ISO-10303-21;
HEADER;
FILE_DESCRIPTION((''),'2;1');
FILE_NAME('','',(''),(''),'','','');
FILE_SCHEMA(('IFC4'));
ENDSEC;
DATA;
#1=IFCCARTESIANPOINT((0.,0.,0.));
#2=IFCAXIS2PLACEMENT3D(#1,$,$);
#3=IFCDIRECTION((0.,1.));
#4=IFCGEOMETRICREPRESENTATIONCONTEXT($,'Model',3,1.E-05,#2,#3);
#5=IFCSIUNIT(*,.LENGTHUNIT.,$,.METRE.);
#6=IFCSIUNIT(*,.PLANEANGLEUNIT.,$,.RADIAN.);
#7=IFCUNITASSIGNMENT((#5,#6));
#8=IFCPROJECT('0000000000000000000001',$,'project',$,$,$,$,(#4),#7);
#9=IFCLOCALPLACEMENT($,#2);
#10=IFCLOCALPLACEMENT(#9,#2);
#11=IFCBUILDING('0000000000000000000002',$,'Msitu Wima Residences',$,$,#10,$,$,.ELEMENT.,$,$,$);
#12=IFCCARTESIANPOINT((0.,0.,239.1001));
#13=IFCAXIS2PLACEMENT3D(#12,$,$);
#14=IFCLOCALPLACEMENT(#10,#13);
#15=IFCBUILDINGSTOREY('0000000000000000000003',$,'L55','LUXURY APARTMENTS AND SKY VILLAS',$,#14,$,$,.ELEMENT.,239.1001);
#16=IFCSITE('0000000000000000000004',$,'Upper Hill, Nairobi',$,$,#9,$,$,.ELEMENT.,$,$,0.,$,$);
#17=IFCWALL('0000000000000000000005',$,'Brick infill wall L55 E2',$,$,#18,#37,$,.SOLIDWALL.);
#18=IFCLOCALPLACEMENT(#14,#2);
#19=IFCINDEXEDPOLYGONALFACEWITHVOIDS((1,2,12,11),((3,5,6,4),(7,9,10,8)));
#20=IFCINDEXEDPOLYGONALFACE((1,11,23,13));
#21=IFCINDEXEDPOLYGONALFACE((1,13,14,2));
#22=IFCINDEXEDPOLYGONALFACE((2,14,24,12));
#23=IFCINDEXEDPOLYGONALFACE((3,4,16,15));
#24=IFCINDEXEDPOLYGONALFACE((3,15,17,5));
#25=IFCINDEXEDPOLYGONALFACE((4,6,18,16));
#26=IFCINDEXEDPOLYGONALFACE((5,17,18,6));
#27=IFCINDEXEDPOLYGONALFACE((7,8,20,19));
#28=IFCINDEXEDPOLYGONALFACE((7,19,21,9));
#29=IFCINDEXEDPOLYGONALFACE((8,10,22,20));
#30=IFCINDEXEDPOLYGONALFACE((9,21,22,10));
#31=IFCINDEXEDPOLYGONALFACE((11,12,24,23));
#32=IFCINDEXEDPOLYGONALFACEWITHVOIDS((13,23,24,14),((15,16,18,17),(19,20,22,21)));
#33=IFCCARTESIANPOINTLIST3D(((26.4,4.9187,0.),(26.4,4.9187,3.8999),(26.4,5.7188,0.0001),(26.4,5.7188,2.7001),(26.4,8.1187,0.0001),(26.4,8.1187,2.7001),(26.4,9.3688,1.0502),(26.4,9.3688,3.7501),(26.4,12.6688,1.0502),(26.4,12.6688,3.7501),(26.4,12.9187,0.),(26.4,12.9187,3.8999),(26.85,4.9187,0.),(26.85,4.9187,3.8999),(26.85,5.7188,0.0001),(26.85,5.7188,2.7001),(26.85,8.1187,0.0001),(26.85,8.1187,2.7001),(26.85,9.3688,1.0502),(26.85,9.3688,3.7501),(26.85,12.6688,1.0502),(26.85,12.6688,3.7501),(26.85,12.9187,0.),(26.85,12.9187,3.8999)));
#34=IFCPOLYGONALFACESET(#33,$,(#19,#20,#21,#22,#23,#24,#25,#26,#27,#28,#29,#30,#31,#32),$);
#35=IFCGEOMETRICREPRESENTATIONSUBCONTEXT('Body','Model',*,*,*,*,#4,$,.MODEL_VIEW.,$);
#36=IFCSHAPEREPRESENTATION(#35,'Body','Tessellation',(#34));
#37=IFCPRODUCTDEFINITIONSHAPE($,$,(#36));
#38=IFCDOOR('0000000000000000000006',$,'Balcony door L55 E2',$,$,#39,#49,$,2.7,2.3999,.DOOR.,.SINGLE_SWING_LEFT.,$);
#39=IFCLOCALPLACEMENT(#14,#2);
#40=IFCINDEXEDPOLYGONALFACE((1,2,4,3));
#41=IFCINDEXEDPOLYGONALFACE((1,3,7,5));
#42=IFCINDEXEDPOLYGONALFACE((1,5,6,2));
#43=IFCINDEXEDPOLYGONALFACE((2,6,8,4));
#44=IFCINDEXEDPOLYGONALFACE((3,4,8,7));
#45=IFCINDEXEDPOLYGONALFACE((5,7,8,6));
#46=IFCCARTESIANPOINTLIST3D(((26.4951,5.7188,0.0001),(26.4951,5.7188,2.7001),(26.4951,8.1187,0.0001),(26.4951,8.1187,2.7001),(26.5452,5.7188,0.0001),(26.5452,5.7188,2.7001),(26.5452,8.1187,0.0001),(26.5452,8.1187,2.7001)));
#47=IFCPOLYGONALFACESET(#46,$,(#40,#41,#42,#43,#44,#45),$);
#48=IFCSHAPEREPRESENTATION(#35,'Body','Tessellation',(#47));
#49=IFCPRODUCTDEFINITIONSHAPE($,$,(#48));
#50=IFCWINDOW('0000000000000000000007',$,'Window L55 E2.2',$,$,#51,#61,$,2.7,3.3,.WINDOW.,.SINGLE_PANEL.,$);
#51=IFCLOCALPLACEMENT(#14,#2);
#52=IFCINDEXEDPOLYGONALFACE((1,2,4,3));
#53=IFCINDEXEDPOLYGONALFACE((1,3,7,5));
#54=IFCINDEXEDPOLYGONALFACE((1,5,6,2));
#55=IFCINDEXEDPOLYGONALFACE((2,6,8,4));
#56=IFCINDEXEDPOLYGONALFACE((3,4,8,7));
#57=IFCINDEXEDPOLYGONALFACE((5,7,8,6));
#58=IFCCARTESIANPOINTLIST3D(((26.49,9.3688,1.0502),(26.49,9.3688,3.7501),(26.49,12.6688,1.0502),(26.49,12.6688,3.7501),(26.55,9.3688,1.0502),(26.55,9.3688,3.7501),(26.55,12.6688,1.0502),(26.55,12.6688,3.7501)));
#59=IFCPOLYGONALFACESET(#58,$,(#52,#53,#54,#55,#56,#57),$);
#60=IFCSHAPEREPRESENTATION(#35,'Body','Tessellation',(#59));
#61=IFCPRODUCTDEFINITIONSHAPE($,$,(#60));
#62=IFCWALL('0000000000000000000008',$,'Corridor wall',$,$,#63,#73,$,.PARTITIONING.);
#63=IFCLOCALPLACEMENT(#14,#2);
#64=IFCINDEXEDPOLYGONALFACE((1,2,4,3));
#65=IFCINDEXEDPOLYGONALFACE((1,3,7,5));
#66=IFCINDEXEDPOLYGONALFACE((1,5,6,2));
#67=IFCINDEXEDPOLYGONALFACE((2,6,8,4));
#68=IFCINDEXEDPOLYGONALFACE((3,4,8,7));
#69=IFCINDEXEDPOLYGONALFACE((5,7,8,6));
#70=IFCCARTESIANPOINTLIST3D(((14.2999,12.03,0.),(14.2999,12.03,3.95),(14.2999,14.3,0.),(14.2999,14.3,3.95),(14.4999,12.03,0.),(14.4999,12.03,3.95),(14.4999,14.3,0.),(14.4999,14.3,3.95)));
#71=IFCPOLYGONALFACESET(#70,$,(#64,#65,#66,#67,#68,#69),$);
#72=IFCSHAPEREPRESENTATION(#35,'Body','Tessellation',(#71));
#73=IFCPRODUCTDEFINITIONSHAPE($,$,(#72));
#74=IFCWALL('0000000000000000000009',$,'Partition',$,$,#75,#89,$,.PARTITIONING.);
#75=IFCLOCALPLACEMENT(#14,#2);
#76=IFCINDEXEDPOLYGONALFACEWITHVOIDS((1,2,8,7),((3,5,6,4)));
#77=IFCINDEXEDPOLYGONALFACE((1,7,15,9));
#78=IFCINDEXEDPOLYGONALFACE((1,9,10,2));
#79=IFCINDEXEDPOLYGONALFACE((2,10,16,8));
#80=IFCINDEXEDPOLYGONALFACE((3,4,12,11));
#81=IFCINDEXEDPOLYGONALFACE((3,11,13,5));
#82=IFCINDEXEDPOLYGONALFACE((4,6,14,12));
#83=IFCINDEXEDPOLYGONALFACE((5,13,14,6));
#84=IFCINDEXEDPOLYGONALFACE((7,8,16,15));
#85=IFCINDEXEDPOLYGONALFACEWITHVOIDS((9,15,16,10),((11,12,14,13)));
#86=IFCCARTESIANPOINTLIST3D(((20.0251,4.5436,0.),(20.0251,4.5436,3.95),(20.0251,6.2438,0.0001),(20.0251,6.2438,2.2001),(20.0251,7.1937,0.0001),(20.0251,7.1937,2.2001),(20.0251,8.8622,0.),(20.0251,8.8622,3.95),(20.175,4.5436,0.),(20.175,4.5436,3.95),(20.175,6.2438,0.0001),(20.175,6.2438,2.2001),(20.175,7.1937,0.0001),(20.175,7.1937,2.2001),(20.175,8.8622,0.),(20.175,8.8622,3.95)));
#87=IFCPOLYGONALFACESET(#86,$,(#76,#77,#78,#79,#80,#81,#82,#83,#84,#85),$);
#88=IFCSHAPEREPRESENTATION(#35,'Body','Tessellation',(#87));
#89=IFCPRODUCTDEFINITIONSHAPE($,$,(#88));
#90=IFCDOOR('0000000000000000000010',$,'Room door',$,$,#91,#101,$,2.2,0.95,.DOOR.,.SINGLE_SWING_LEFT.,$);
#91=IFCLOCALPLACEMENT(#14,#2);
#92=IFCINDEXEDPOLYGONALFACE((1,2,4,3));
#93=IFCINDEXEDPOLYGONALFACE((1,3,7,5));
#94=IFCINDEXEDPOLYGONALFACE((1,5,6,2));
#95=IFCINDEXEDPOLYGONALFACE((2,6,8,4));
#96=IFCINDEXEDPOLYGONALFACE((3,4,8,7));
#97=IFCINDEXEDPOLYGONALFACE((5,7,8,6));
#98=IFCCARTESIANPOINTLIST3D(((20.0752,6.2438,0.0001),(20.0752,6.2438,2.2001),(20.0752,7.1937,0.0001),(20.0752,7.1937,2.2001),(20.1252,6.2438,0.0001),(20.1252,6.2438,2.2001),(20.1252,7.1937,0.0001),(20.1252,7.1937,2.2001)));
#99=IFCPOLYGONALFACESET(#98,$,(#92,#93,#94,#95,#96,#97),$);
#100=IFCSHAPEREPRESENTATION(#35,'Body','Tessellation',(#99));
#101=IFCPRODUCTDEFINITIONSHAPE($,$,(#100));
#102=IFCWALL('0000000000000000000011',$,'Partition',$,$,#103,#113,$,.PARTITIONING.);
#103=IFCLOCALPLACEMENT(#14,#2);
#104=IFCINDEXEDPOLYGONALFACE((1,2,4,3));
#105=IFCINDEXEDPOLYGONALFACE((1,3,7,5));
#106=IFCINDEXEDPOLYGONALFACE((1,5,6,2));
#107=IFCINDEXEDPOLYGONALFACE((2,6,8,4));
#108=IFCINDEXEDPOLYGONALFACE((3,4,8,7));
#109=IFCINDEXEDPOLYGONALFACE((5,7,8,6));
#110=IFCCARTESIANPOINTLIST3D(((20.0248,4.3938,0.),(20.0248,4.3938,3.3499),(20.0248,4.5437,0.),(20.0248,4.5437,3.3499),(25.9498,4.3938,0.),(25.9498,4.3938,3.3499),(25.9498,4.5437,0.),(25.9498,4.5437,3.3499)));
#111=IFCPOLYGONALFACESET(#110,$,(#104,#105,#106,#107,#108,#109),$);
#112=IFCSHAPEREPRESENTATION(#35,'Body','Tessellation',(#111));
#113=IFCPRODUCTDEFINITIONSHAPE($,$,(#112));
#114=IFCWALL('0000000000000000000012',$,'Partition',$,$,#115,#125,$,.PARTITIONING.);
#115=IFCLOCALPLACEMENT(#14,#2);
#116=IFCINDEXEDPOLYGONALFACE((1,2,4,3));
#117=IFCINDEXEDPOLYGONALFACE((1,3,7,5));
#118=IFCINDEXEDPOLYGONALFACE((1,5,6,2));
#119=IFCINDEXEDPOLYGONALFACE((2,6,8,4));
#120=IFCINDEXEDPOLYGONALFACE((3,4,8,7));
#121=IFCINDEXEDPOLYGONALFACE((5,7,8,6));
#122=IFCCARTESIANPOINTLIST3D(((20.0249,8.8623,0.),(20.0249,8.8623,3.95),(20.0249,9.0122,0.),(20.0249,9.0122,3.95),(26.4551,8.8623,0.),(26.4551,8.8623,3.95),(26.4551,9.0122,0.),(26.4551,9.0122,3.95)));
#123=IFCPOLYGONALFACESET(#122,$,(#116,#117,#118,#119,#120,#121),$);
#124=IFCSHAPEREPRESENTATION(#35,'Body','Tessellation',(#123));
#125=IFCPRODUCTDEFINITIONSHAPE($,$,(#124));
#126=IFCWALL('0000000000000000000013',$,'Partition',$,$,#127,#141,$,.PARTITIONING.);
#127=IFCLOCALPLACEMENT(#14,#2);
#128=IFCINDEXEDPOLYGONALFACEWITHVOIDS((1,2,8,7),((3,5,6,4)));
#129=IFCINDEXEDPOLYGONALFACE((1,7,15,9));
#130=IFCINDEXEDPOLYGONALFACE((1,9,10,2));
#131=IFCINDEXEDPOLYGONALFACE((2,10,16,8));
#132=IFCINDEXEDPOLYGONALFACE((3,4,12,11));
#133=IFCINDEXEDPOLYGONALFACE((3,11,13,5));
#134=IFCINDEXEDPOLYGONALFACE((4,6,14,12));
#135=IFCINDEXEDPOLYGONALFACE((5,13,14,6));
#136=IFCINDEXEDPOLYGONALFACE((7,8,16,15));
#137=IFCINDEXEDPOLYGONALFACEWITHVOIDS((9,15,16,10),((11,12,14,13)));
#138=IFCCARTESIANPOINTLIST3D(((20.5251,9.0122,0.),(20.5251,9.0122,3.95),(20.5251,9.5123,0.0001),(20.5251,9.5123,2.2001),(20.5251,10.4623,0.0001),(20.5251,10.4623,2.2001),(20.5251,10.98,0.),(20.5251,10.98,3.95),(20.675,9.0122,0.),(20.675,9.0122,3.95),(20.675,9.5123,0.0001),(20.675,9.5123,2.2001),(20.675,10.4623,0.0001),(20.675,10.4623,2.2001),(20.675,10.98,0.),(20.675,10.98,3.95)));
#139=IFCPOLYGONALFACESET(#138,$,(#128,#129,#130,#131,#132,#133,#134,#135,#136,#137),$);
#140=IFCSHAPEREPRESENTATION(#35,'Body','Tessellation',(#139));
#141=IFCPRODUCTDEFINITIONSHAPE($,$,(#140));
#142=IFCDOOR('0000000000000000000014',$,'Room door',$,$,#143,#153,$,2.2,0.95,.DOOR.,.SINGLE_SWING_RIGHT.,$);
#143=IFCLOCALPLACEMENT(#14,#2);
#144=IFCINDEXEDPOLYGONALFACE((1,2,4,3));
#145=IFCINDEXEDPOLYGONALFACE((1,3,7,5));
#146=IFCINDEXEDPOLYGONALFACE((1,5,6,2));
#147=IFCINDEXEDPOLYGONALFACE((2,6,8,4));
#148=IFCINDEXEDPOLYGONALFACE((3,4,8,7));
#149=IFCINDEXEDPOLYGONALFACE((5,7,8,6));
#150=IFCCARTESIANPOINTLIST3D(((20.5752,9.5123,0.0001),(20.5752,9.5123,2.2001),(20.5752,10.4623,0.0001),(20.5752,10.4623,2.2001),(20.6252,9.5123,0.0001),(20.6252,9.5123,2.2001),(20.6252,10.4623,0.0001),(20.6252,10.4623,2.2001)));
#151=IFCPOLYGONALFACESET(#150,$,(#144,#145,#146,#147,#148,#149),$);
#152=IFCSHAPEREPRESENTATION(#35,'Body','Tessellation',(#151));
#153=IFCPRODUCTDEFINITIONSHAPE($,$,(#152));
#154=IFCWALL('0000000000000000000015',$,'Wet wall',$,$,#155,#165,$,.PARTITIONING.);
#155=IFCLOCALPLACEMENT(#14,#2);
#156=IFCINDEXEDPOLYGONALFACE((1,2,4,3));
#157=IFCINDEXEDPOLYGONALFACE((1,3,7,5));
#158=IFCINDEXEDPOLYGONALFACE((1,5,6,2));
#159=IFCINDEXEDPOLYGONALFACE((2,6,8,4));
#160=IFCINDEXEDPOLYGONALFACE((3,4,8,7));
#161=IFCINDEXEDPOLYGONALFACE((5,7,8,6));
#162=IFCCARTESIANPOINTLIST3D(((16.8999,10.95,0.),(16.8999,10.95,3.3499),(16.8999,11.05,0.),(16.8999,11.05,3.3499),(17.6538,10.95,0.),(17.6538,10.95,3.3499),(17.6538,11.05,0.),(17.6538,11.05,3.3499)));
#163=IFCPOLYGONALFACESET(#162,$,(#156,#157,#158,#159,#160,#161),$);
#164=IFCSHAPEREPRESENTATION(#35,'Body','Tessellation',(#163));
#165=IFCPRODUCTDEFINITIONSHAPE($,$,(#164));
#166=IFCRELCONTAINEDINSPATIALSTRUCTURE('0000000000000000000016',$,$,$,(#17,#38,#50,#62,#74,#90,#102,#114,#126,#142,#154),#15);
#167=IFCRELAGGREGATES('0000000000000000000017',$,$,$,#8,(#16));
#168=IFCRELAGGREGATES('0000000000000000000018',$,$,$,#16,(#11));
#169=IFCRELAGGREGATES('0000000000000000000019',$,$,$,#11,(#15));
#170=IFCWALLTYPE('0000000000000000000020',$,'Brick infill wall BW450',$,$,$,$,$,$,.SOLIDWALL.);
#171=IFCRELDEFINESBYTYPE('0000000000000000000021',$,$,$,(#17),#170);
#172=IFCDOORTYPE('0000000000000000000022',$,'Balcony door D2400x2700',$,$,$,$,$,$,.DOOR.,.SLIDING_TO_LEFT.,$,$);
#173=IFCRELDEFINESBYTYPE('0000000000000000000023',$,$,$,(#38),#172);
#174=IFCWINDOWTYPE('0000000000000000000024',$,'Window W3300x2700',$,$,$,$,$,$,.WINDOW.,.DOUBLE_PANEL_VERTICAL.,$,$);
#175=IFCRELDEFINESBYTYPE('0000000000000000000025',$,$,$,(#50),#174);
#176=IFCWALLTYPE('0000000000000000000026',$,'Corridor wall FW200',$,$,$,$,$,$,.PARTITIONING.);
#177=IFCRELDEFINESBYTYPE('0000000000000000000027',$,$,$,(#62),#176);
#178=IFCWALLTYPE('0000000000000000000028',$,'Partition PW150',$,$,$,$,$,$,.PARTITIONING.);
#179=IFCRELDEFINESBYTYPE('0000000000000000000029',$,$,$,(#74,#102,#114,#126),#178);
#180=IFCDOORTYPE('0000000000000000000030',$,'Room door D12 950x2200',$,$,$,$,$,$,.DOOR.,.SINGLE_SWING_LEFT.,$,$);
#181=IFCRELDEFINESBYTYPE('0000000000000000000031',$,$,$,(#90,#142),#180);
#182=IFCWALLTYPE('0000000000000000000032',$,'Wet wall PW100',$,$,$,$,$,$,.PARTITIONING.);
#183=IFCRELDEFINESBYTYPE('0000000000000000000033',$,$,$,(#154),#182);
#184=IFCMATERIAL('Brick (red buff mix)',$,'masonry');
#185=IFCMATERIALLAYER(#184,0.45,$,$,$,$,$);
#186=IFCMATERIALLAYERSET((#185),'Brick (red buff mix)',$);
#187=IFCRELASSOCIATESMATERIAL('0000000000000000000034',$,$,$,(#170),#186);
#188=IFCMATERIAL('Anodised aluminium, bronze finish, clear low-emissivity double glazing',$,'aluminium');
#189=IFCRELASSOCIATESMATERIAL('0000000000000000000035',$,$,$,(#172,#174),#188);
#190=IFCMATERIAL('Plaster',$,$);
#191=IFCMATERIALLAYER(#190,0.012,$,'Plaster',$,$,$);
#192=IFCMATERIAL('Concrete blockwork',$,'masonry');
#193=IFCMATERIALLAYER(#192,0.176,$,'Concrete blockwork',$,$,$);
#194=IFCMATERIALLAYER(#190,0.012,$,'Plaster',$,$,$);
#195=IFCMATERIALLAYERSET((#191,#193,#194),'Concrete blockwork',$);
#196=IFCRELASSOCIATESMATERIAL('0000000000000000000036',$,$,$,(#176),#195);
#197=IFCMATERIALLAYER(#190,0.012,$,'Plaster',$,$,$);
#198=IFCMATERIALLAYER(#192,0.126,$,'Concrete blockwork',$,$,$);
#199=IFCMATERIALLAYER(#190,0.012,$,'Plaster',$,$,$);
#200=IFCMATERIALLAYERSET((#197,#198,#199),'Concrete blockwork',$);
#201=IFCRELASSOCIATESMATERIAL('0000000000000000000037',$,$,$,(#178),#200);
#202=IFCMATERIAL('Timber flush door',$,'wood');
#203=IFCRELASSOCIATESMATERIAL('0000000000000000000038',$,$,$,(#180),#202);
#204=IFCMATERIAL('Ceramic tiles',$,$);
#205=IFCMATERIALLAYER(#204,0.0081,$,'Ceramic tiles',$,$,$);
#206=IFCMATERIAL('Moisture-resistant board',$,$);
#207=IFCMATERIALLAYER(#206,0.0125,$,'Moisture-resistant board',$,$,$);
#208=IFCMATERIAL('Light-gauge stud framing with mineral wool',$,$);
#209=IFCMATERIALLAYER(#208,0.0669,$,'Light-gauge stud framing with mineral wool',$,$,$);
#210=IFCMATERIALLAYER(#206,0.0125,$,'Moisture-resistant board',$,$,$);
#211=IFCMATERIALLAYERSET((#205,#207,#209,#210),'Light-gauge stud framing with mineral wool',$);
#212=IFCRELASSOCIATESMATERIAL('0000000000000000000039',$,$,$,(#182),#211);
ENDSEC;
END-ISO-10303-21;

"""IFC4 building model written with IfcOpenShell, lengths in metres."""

from ifc_helpers import new_model, si_unit, direction, frame, frame_2d, origin, place, context, subcontext, project, spatial, rectangle, extrude, material, layer, layer_set, type_object, element, fill, save


model = new_model("IFC4")

# Units and contexts
model_context = context("Model", 3, precision=1e-05, world=origin(), true_north=direction((0.0, 1.0)))
body_context = subcontext(model_context, "Body", "Model", "MODEL_VIEW")
ifc_project = project(units=[si_unit("LENGTHUNIT", "METRE"), si_unit("PLANEANGLEUNIT", "RADIAN")], contexts=[model_context])

# Site, building, storey
site_placement = place(None, origin())
site = spatial("IfcSite", under=ifc_project, at=site_placement, Name="Upper Hill, Nairobi", CompositionType="ELEMENT", RefElevation=0.0)
building_placement = place(site_placement, origin())
building = spatial("IfcBuilding", under=site, at=building_placement, Name="Msitu Wima Residences", CompositionType="ELEMENT")
storey_placement = place(building_placement, frame((0.0, 0.0, 239.1001)))
storey = spatial("IfcBuildingStorey", under=building, at=storey_placement, Name="L55", Description="LUXURY APARTMENTS AND SKY VILLAS", CompositionType="ELEMENT", Elevation=239.1001)

# Wall, openings, door, window
ifc_material_1 = material(Name="Brick (red buff mix)", Category="masonry")
ifc_layer_1 = layer(ifc_material_1, 0.45)
ifc_layer_set_1 = layer_set([ifc_layer_1], Name="Brick (red buff mix)")
wall_type_1 = type_object("IfcWallType", Name="Brick infill wall BW450", PredefinedType="SOLIDWALL", material=ifc_layer_set_1)
wall_1_placement = place(storey_placement, frame((26.625, 4.9187, 0.0), z_axis=(0.0, 0.0, 1.0), x_axis=(0.0, 1.0, 0.0)))
wall_1 = element("IfcWall", 1, at=wall_1_placement, inside=storey, type_object=wall_type_1, Name="Brick infill wall L55 E2", PredefinedType="SOLIDWALL", context=body_context, shape_type="SweptSolid", body=[
    extrude(rectangle(XDim=8.0, YDim=0.45, at=frame_2d((4.0, 0.0))), origin(), (0.0, 0.0, 1.0), 3.8999),
])
opening_1_placement = place(wall_1_placement, frame((0.8, 0.0, 0.0)))
opening_1 = element("IfcOpeningElement", 2, at=opening_1_placement, cuts=wall_1, PredefinedType="OPENING", context=body_context, shape_type="SweptSolid", body=[
    extrude(rectangle(XDim=2.3999, YDim=2.7, at=frame_2d((1.2, 1.3501))), frame((0.0, 0.2349, 0.0), z_axis=(0.0, -1.0, 0.0), x_axis=(1.0, 0.0, 0.0)), (0.0, 0.0, 1.0), 0.47),
])
opening_2_placement = place(wall_1_placement, frame((4.4502, 0.0, 1.05)))
opening_2 = element("IfcOpeningElement", 3, at=opening_2_placement, cuts=wall_1, PredefinedType="OPENING", context=body_context, shape_type="SweptSolid", body=[
    extrude(rectangle(XDim=3.3, YDim=2.7, at=frame_2d((1.6499, 1.3501))), frame((0.0, 0.2349, 0.0), z_axis=(0.0, -1.0, 0.0), x_axis=(1.0, 0.0, 0.0)), (0.0, 0.0, 1.0), 0.47),
])
ifc_material_2 = material(Name="Anodised aluminium, bronze finish, clear low-emissivity double glazing", Category="aluminium")
door_type_1 = type_object("IfcDoorType", Name="Balcony door D2400x2700", OperationType="SLIDING_TO_LEFT", PredefinedType="DOOR", material=ifc_material_2)
door_1_placement = place(opening_1_placement, origin())
door_1 = element("IfcDoor", 4, at=door_1_placement, inside=storey, type_object=door_type_1, Name="Balcony door L55 E2", OperationType="SINGLE_SWING_LEFT", OverallHeight=2.7, OverallWidth=2.3999, PredefinedType="DOOR", context=body_context, shape_type="SweptSolid", body=[
    extrude(rectangle(XDim=2.3999, YDim=2.7, at=frame_2d((1.2, 1.3501))), frame((0.0, 0.1299, 0.0), z_axis=(0.0, -1.0, 0.0), x_axis=(1.0, 0.0, 0.0)), (0.0, 0.0, 1.0), 0.05),
])
fill(opening_1, door_1)
window_type = type_object("IfcWindowType", Name="Window W3300x2700", PartitioningType="DOUBLE_PANEL_VERTICAL", PredefinedType="WINDOW", material=ifc_material_2)
window_placement = place(opening_2_placement, origin())
window = element("IfcWindow", 5, at=window_placement, inside=storey, type_object=window_type, Name="Window L55 E2.2", OverallHeight=2.7, OverallWidth=3.3, PartitioningType="SINGLE_PANEL", PredefinedType="WINDOW", context=body_context, shape_type="SweptSolid", body=[
    extrude(rectangle(XDim=3.3, YDim=2.7, at=frame_2d((1.6499, 1.3501))), frame((0.0, 0.135, 0.0), z_axis=(0.0, -1.0, 0.0), x_axis=(1.0, 0.0, 0.0)), (0.0, 0.0, 1.0), 0.0601),
])
fill(opening_2, window)

# Wall
ifc_material_3 = material(Name="Plaster")
ifc_layer_2 = layer(ifc_material_3, 0.012, Name="Plaster")
ifc_material_4 = material(Name="Concrete blockwork", Category="masonry")
ifc_layer_3 = layer(ifc_material_4, 0.176, Name="Concrete blockwork")
ifc_layer_4 = layer(ifc_material_3, 0.012, Name="Plaster")
ifc_layer_set_2 = layer_set([ifc_layer_2, ifc_layer_3, ifc_layer_4], Name="Concrete blockwork")
wall_type_2 = type_object("IfcWallType", Name="Corridor wall FW200", PredefinedType="PARTITIONING", material=ifc_layer_set_2)
wall_2_placement = place(storey_placement, frame((14.3999, 12.03, 0.0), z_axis=(0.0, 0.0, 1.0), x_axis=(0.0, 1.0, 0.0)))
element("IfcWall", 6, at=wall_2_placement, inside=storey, type_object=wall_type_2, Name="Corridor wall", PredefinedType="PARTITIONING", context=body_context, shape_type="SweptSolid", body=[
    extrude(rectangle(XDim=2.27, YDim=0.2, at=frame_2d((1.135, 0.0))), origin(), (0.0, 0.0, 1.0), 3.95),
])

# Wall, opening, door
ifc_layer_5 = layer(ifc_material_3, 0.012, Name="Plaster")
ifc_layer_6 = layer(ifc_material_4, 0.126, Name="Concrete blockwork")
ifc_layer_7 = layer(ifc_material_3, 0.012, Name="Plaster")
ifc_layer_set_3 = layer_set([ifc_layer_5, ifc_layer_6, ifc_layer_7], Name="Concrete blockwork")
wall_type_3 = type_object("IfcWallType", Name="Partition PW150", PredefinedType="PARTITIONING", material=ifc_layer_set_3)
wall_3_placement = place(storey_placement, frame((20.1001, 4.5437, 0.0), z_axis=(0.0, 0.0, 1.0), x_axis=(0.0, 1.0, 0.0)))
wall_3 = element("IfcWall", 7, at=wall_3_placement, inside=storey, type_object=wall_type_3, Name="Partition", PredefinedType="PARTITIONING", context=body_context, shape_type="SweptSolid", body=[
    extrude(rectangle(XDim=4.3186, YDim=0.1499, at=frame_2d((2.1592, 0.0))), origin(), (0.0, 0.0, 1.0), 3.95),
])
opening_3_placement = place(wall_3_placement, frame((1.7, 0.0, 0.0)))
opening_3 = element("IfcOpeningElement", 8, at=opening_3_placement, cuts=wall_3, PredefinedType="OPENING", context=body_context, shape_type="SweptSolid", body=[
    extrude(rectangle(XDim=0.95, YDim=2.2, at=frame_2d((0.4751, 1.1001))), frame((0.0, 0.085, 0.0), z_axis=(0.0, -1.0, 0.0), x_axis=(1.0, 0.0, 0.0)), (0.0, 0.0, 1.0), 0.1699),
])
ifc_material_5 = material(Name="Timber flush door", Category="wood")
door_type_2 = type_object("IfcDoorType", Name="Room door D12 950x2200", OperationType="SINGLE_SWING_LEFT", PredefinedType="DOOR", material=ifc_material_5)
door_2_placement = place(opening_3_placement, origin())
door_2 = element("IfcDoor", 9, at=door_2_placement, inside=storey, type_object=door_type_2, Name="Room door", OperationType="SINGLE_SWING_LEFT", OverallHeight=2.2, OverallWidth=0.95, PredefinedType="DOOR", context=body_context, shape_type="SweptSolid", body=[
    extrude(rectangle(XDim=0.95, YDim=2.2, at=frame_2d((0.4751, 1.1001))), frame((0.0, 0.0249, 0.0), z_axis=(0.0, -1.0, 0.0), x_axis=(1.0, 0.0, 0.0)), (0.0, 0.0, 1.0), 0.05),
])
fill(opening_3, door_2)

# Walls
wall_4_placement = place(storey_placement, frame((20.0249, 4.4688, 0.0), z_axis=(0.0, 0.0, 1.0), x_axis=(1.0, 0.0, 0.0)))
element("IfcWall", 10, at=wall_4_placement, inside=storey, type_object=wall_type_3, Name="Partition", PredefinedType="PARTITIONING", context=body_context, shape_type="SweptSolid", body=[
    extrude(rectangle(XDim=5.925, YDim=0.1499, at=frame_2d((2.9624, 0.0))), origin(), (0.0, 0.0, 1.0), 3.3499),
])
wall_5_placement = place(storey_placement, frame((20.0249, 8.9373, 0.0), z_axis=(0.0, 0.0, 1.0), x_axis=(1.0, 0.0, 0.0)))
element("IfcWall", 11, at=wall_5_placement, inside=storey, type_object=wall_type_3, Name="Partition", PredefinedType="PARTITIONING", context=body_context, shape_type="SweptSolid", body=[
    extrude(rectangle(XDim=6.4302, YDim=0.1499, at=frame_2d((3.2151, 0.0))), origin(), (0.0, 0.0, 1.0), 3.95),
])

# Wall, opening, door
wall_6_placement = place(storey_placement, frame((20.6001, 9.0122, 0.0), z_axis=(0.0, 0.0, 1.0), x_axis=(0.0, 1.0, 0.0)))
wall_6 = element("IfcWall", 12, at=wall_6_placement, inside=storey, type_object=wall_type_3, Name="Partition", PredefinedType="PARTITIONING", context=body_context, shape_type="SweptSolid", body=[
    extrude(rectangle(XDim=1.9678, YDim=0.1499, at=frame_2d((0.9839, 0.0))), origin(), (0.0, 0.0, 1.0), 3.95),
])
opening_4_placement = place(wall_6_placement, frame((0.5, 0.0, 0.0)))
opening_4 = element("IfcOpeningElement", 13, at=opening_4_placement, cuts=wall_6, PredefinedType="OPENING", context=body_context, shape_type="SweptSolid", body=[
    extrude(rectangle(XDim=0.95, YDim=2.2, at=frame_2d((0.4751, 1.1001))), frame((0.0, 0.085, 0.0), z_axis=(0.0, -1.0, 0.0), x_axis=(1.0, 0.0, 0.0)), (0.0, 0.0, 1.0), 0.1699),
])
door_3_placement = place(opening_4_placement, origin())
door_3 = element("IfcDoor", 14, at=door_3_placement, inside=storey, type_object=door_type_2, Name="Room door", OperationType="SINGLE_SWING_RIGHT", OverallHeight=2.2, OverallWidth=0.95, PredefinedType="DOOR", context=body_context, shape_type="SweptSolid", body=[
    extrude(rectangle(XDim=0.95, YDim=2.2, at=frame_2d((0.4751, 1.1001))), frame((0.0, 0.0249, 0.0), z_axis=(0.0, -1.0, 0.0), x_axis=(1.0, 0.0, 0.0)), (0.0, 0.0, 1.0), 0.05),
])
fill(opening_4, door_3)

# Wall
ifc_material_6 = material(Name="Ceramic tiles")
ifc_layer_8 = layer(ifc_material_6, 0.0081, Name="Ceramic tiles")
ifc_material_7 = material(Name="Moisture-resistant board")
ifc_layer_9 = layer(ifc_material_7, 0.0125, Name="Moisture-resistant board")
ifc_material_8 = material(Name="Light-gauge stud framing with mineral wool")
ifc_layer_10 = layer(ifc_material_8, 0.0669, Name="Light-gauge stud framing with mineral wool")
ifc_layer_11 = layer(ifc_material_7, 0.0125, Name="Moisture-resistant board")
ifc_layer_set_4 = layer_set([ifc_layer_8, ifc_layer_9, ifc_layer_10, ifc_layer_11], Name="Light-gauge stud framing with mineral wool")
wall_type_4 = type_object("IfcWallType", Name="Wet wall PW100", PredefinedType="PARTITIONING", material=ifc_layer_set_4)
wall_7_placement = place(storey_placement, frame((16.8999, 11.0, 0.0), z_axis=(0.0, 0.0, 1.0), x_axis=(1.0, 0.0, 0.0)))
element("IfcWall", 15, at=wall_7_placement, inside=storey, type_object=wall_type_4, Name="Wet wall", PredefinedType="PARTITIONING", context=body_context, shape_type="SweptSolid", body=[
    extrude(rectangle(XDim=0.7539, YDim=0.1001, at=frame_2d((0.377, 0.0))), origin(), (0.0, 0.0, 1.0), 3.3499),
])

save(model, "model.ifc")
